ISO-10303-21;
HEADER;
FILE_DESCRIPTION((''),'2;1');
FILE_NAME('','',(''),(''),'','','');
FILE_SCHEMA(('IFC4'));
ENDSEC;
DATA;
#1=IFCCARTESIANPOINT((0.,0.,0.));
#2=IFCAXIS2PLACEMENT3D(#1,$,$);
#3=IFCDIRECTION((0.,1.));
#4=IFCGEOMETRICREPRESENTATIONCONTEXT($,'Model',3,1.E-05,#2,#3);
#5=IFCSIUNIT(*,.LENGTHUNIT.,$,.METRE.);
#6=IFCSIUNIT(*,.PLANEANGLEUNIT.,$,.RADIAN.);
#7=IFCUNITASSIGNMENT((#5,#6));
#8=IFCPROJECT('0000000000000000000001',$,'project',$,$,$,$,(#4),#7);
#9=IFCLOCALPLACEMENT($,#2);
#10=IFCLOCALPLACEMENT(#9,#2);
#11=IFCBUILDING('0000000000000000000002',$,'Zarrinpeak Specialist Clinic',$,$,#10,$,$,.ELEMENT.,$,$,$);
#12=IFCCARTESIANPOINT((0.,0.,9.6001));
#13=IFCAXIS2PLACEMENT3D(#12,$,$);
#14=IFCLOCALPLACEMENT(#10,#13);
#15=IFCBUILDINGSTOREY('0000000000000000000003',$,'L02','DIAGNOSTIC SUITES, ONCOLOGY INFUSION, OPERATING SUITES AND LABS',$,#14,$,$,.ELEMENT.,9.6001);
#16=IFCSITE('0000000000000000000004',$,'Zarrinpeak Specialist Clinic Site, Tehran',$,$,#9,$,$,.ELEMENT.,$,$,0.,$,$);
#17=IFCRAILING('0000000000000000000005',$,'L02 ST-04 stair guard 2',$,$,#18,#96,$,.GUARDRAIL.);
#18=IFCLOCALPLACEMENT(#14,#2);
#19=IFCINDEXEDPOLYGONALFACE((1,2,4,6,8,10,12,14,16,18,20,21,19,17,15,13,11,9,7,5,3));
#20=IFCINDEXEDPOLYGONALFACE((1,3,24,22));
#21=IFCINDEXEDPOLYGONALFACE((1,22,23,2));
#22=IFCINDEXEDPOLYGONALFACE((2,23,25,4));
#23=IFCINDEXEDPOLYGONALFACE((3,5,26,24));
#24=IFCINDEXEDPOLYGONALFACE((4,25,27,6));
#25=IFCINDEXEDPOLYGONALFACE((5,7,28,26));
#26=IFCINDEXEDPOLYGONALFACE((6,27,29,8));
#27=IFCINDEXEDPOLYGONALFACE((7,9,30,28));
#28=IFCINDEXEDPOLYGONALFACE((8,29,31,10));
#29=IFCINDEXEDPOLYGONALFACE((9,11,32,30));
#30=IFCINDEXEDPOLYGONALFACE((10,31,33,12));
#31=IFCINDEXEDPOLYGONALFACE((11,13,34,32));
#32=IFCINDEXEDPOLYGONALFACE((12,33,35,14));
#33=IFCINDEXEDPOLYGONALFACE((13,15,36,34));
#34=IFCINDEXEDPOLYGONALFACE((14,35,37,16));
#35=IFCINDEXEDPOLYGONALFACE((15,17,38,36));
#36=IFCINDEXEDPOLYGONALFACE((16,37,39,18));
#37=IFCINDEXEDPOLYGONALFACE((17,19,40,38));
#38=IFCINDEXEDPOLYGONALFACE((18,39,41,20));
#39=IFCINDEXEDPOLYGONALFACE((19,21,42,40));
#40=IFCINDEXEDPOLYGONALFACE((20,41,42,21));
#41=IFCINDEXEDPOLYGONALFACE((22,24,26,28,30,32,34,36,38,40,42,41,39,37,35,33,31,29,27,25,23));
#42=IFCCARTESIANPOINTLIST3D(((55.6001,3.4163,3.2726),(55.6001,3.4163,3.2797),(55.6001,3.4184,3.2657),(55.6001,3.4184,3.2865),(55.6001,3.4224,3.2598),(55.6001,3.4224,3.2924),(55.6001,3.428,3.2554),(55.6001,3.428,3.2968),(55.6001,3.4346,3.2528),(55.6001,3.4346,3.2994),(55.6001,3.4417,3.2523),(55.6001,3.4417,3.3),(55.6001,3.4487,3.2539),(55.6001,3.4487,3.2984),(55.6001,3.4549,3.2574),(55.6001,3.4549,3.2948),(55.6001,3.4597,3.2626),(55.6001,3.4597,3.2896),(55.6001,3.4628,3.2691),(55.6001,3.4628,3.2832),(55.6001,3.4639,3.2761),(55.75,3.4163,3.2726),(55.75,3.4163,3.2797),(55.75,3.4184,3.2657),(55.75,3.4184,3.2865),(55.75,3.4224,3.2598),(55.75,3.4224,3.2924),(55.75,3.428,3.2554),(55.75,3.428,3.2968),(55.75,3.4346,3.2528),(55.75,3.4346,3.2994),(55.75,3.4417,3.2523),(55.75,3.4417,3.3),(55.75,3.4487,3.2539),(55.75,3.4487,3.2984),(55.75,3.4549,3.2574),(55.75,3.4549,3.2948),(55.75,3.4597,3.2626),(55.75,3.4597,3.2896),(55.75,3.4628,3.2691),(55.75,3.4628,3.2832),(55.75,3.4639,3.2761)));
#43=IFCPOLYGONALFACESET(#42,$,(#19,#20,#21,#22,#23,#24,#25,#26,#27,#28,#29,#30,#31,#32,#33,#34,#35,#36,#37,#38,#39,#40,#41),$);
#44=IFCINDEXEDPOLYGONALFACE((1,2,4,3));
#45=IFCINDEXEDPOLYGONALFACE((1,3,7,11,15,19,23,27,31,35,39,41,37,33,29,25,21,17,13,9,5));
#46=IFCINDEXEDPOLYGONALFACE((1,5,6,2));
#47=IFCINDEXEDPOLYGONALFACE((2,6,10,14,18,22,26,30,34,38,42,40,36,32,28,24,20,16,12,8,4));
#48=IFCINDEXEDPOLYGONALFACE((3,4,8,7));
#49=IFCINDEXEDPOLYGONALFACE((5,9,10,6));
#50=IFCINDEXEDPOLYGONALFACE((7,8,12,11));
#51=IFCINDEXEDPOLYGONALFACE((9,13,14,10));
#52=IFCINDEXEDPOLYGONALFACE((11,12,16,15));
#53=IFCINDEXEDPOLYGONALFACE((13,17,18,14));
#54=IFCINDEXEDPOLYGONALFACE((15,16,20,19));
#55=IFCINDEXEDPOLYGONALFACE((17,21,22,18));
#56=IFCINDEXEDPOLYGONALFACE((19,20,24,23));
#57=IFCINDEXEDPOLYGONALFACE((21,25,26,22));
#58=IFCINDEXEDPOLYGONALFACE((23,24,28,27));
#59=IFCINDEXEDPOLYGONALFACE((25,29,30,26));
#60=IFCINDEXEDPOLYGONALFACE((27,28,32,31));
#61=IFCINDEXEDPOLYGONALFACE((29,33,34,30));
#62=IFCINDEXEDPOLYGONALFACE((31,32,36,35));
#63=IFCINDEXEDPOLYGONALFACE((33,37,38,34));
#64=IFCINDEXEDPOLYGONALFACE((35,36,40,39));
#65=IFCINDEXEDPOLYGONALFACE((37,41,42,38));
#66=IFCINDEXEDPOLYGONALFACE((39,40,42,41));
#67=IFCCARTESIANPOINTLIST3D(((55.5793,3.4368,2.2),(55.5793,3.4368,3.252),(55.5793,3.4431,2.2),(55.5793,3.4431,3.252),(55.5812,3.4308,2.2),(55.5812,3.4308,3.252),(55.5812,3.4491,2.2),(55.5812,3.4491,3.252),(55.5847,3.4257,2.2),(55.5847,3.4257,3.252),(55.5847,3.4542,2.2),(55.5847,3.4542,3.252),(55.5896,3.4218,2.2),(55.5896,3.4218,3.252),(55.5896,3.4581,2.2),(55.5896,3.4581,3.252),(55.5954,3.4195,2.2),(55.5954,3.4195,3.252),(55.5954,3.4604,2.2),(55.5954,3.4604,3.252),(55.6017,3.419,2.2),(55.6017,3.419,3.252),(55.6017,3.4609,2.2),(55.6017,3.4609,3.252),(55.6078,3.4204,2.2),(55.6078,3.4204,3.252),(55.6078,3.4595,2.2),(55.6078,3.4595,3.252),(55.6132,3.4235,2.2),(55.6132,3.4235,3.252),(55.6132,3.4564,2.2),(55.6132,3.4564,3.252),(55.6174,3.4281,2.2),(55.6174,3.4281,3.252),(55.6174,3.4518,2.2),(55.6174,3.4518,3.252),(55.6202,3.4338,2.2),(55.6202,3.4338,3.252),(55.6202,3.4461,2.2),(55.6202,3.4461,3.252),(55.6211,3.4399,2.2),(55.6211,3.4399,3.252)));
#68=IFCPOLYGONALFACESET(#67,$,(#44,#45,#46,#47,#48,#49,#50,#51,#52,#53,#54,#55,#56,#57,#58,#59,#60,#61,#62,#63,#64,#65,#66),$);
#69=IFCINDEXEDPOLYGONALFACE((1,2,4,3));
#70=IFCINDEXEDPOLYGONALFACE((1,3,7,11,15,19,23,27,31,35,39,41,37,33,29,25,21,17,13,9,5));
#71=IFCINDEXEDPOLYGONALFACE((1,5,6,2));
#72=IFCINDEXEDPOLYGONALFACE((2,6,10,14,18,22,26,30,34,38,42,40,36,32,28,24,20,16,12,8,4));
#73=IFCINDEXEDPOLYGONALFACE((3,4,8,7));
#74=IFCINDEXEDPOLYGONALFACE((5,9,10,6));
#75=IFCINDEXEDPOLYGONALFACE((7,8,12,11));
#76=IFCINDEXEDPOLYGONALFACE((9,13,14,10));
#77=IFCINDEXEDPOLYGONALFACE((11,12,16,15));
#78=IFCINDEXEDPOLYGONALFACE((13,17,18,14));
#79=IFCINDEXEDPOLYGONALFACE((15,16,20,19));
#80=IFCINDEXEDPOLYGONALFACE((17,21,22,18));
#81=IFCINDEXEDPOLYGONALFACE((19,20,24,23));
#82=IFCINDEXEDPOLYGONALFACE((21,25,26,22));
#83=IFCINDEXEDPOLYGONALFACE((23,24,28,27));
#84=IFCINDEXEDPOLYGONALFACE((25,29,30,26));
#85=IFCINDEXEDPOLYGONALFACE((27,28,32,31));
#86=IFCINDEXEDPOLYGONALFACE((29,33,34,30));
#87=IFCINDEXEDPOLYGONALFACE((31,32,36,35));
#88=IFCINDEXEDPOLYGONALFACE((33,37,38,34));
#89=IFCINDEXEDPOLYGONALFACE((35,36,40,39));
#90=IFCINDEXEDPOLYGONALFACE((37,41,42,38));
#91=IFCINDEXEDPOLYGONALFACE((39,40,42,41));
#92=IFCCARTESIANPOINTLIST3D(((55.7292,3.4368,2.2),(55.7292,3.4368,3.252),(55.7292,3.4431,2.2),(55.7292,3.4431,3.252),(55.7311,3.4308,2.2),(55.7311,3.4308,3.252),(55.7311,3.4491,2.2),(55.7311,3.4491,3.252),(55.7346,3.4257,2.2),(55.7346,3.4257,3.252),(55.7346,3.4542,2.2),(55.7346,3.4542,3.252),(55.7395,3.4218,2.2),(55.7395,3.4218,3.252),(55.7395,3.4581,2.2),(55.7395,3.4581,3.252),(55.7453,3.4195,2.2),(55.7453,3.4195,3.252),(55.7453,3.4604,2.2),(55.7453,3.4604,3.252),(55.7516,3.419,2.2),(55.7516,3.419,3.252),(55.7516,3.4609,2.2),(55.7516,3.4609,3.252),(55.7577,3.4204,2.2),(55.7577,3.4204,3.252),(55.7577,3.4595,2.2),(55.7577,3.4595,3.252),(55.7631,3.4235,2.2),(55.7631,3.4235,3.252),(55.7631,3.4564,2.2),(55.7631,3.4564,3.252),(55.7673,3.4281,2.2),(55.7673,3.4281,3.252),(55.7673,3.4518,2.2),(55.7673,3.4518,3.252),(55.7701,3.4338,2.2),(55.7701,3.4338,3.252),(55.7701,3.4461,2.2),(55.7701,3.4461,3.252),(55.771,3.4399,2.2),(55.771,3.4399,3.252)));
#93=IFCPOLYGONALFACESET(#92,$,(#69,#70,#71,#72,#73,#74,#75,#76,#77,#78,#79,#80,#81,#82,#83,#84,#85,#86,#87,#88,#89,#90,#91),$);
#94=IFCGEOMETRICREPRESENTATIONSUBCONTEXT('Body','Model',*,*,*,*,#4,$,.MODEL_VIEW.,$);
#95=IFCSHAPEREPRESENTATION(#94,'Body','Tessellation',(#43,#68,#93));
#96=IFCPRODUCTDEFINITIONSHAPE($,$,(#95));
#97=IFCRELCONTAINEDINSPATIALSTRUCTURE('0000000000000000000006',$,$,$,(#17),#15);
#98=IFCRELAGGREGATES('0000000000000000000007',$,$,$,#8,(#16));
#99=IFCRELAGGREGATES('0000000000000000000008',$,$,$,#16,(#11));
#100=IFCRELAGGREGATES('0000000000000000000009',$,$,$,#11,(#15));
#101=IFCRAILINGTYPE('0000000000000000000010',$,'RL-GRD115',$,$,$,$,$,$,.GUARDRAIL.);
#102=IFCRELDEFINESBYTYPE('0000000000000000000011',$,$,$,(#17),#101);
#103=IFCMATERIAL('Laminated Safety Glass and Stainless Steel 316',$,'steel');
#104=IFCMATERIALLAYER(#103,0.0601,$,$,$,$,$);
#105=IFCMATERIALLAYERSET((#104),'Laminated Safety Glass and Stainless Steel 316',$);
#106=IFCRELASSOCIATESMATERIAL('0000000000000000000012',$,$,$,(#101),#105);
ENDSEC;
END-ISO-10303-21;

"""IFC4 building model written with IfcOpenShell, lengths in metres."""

from ifc_helpers import new_model, si_unit, direction, frame, origin, origin_2d, place, context, subcontext, project, spatial, circle, extrude, material, layer, layer_set, type_object, element, save


model = new_model("IFC4")

# Units and contexts
model_context = context("Model", 3, precision=1e-05, world=origin(), true_north=direction((0.0, 1.0)))
body_context = subcontext(model_context, "Body", "Model", "MODEL_VIEW")
ifc_project = project(units=[si_unit("LENGTHUNIT", "METRE"), si_unit("PLANEANGLEUNIT", "RADIAN")], contexts=[model_context])

# Site, building, storey
site_placement = place(None, origin())
site = spatial("IfcSite", under=ifc_project, at=site_placement, Name="Zarrinpeak Specialist Clinic Site, Tehran", CompositionType="ELEMENT", RefElevation=0.0)
building_placement = place(site_placement, origin())
building = spatial("IfcBuilding", under=site, at=building_placement, Name="Zarrinpeak Specialist Clinic", CompositionType="ELEMENT")
storey_placement = place(building_placement, frame((0.0, 0.0, 9.6001)))
storey = spatial("IfcBuildingStorey", under=building, at=storey_placement, Name="L02", Description="DIAGNOSTIC SUITES, ONCOLOGY INFUSION, OPERATING SUITES AND LABS", CompositionType="ELEMENT", Elevation=9.6001)

# Railing
ifc_material_1 = material(Name="Laminated Safety Glass and Stainless Steel 316", Category="steel")
ifc_layer_1 = layer(ifc_material_1, 0.0601)
ifc_layer_set_1 = layer_set([ifc_layer_1], Name="Laminated Safety Glass and Stainless Steel 316")
railing_type_1 = type_object("IfcRailingType", Name="RL-GRD115", PredefinedType="GUARDRAIL", material=ifc_layer_set_1)
railing_1_placement = place(storey_placement, frame((55.6001, 3.4399, 2.2)))
element("IfcRailing", 1, at=railing_1_placement, inside=storey, type_object=railing_type_1, Name="L02 ST-04 stair guard 2", PredefinedType="GUARDRAIL", context=body_context, shape_type="SweptSolid", body=[
    extrude(circle(Radius=0.0239, at=origin_2d()), frame((0.0, 0.0, 1.0762), z_axis=(1.0, 0.0, 0.0), x_axis=(0.0, 1.0, 0.0)), (0.0, 0.0, 1.0), 0.1499),
    extrude(circle(Radius=0.021, at=origin_2d()), origin(), (0.0, 0.0, 1.0), 1.052),
    extrude(circle(Radius=0.021, at=origin_2d()), frame((0.1499, 0.0, 0.0)), (0.0, 0.0, 1.0), 1.052),
])

save(model, "model.ifc")
